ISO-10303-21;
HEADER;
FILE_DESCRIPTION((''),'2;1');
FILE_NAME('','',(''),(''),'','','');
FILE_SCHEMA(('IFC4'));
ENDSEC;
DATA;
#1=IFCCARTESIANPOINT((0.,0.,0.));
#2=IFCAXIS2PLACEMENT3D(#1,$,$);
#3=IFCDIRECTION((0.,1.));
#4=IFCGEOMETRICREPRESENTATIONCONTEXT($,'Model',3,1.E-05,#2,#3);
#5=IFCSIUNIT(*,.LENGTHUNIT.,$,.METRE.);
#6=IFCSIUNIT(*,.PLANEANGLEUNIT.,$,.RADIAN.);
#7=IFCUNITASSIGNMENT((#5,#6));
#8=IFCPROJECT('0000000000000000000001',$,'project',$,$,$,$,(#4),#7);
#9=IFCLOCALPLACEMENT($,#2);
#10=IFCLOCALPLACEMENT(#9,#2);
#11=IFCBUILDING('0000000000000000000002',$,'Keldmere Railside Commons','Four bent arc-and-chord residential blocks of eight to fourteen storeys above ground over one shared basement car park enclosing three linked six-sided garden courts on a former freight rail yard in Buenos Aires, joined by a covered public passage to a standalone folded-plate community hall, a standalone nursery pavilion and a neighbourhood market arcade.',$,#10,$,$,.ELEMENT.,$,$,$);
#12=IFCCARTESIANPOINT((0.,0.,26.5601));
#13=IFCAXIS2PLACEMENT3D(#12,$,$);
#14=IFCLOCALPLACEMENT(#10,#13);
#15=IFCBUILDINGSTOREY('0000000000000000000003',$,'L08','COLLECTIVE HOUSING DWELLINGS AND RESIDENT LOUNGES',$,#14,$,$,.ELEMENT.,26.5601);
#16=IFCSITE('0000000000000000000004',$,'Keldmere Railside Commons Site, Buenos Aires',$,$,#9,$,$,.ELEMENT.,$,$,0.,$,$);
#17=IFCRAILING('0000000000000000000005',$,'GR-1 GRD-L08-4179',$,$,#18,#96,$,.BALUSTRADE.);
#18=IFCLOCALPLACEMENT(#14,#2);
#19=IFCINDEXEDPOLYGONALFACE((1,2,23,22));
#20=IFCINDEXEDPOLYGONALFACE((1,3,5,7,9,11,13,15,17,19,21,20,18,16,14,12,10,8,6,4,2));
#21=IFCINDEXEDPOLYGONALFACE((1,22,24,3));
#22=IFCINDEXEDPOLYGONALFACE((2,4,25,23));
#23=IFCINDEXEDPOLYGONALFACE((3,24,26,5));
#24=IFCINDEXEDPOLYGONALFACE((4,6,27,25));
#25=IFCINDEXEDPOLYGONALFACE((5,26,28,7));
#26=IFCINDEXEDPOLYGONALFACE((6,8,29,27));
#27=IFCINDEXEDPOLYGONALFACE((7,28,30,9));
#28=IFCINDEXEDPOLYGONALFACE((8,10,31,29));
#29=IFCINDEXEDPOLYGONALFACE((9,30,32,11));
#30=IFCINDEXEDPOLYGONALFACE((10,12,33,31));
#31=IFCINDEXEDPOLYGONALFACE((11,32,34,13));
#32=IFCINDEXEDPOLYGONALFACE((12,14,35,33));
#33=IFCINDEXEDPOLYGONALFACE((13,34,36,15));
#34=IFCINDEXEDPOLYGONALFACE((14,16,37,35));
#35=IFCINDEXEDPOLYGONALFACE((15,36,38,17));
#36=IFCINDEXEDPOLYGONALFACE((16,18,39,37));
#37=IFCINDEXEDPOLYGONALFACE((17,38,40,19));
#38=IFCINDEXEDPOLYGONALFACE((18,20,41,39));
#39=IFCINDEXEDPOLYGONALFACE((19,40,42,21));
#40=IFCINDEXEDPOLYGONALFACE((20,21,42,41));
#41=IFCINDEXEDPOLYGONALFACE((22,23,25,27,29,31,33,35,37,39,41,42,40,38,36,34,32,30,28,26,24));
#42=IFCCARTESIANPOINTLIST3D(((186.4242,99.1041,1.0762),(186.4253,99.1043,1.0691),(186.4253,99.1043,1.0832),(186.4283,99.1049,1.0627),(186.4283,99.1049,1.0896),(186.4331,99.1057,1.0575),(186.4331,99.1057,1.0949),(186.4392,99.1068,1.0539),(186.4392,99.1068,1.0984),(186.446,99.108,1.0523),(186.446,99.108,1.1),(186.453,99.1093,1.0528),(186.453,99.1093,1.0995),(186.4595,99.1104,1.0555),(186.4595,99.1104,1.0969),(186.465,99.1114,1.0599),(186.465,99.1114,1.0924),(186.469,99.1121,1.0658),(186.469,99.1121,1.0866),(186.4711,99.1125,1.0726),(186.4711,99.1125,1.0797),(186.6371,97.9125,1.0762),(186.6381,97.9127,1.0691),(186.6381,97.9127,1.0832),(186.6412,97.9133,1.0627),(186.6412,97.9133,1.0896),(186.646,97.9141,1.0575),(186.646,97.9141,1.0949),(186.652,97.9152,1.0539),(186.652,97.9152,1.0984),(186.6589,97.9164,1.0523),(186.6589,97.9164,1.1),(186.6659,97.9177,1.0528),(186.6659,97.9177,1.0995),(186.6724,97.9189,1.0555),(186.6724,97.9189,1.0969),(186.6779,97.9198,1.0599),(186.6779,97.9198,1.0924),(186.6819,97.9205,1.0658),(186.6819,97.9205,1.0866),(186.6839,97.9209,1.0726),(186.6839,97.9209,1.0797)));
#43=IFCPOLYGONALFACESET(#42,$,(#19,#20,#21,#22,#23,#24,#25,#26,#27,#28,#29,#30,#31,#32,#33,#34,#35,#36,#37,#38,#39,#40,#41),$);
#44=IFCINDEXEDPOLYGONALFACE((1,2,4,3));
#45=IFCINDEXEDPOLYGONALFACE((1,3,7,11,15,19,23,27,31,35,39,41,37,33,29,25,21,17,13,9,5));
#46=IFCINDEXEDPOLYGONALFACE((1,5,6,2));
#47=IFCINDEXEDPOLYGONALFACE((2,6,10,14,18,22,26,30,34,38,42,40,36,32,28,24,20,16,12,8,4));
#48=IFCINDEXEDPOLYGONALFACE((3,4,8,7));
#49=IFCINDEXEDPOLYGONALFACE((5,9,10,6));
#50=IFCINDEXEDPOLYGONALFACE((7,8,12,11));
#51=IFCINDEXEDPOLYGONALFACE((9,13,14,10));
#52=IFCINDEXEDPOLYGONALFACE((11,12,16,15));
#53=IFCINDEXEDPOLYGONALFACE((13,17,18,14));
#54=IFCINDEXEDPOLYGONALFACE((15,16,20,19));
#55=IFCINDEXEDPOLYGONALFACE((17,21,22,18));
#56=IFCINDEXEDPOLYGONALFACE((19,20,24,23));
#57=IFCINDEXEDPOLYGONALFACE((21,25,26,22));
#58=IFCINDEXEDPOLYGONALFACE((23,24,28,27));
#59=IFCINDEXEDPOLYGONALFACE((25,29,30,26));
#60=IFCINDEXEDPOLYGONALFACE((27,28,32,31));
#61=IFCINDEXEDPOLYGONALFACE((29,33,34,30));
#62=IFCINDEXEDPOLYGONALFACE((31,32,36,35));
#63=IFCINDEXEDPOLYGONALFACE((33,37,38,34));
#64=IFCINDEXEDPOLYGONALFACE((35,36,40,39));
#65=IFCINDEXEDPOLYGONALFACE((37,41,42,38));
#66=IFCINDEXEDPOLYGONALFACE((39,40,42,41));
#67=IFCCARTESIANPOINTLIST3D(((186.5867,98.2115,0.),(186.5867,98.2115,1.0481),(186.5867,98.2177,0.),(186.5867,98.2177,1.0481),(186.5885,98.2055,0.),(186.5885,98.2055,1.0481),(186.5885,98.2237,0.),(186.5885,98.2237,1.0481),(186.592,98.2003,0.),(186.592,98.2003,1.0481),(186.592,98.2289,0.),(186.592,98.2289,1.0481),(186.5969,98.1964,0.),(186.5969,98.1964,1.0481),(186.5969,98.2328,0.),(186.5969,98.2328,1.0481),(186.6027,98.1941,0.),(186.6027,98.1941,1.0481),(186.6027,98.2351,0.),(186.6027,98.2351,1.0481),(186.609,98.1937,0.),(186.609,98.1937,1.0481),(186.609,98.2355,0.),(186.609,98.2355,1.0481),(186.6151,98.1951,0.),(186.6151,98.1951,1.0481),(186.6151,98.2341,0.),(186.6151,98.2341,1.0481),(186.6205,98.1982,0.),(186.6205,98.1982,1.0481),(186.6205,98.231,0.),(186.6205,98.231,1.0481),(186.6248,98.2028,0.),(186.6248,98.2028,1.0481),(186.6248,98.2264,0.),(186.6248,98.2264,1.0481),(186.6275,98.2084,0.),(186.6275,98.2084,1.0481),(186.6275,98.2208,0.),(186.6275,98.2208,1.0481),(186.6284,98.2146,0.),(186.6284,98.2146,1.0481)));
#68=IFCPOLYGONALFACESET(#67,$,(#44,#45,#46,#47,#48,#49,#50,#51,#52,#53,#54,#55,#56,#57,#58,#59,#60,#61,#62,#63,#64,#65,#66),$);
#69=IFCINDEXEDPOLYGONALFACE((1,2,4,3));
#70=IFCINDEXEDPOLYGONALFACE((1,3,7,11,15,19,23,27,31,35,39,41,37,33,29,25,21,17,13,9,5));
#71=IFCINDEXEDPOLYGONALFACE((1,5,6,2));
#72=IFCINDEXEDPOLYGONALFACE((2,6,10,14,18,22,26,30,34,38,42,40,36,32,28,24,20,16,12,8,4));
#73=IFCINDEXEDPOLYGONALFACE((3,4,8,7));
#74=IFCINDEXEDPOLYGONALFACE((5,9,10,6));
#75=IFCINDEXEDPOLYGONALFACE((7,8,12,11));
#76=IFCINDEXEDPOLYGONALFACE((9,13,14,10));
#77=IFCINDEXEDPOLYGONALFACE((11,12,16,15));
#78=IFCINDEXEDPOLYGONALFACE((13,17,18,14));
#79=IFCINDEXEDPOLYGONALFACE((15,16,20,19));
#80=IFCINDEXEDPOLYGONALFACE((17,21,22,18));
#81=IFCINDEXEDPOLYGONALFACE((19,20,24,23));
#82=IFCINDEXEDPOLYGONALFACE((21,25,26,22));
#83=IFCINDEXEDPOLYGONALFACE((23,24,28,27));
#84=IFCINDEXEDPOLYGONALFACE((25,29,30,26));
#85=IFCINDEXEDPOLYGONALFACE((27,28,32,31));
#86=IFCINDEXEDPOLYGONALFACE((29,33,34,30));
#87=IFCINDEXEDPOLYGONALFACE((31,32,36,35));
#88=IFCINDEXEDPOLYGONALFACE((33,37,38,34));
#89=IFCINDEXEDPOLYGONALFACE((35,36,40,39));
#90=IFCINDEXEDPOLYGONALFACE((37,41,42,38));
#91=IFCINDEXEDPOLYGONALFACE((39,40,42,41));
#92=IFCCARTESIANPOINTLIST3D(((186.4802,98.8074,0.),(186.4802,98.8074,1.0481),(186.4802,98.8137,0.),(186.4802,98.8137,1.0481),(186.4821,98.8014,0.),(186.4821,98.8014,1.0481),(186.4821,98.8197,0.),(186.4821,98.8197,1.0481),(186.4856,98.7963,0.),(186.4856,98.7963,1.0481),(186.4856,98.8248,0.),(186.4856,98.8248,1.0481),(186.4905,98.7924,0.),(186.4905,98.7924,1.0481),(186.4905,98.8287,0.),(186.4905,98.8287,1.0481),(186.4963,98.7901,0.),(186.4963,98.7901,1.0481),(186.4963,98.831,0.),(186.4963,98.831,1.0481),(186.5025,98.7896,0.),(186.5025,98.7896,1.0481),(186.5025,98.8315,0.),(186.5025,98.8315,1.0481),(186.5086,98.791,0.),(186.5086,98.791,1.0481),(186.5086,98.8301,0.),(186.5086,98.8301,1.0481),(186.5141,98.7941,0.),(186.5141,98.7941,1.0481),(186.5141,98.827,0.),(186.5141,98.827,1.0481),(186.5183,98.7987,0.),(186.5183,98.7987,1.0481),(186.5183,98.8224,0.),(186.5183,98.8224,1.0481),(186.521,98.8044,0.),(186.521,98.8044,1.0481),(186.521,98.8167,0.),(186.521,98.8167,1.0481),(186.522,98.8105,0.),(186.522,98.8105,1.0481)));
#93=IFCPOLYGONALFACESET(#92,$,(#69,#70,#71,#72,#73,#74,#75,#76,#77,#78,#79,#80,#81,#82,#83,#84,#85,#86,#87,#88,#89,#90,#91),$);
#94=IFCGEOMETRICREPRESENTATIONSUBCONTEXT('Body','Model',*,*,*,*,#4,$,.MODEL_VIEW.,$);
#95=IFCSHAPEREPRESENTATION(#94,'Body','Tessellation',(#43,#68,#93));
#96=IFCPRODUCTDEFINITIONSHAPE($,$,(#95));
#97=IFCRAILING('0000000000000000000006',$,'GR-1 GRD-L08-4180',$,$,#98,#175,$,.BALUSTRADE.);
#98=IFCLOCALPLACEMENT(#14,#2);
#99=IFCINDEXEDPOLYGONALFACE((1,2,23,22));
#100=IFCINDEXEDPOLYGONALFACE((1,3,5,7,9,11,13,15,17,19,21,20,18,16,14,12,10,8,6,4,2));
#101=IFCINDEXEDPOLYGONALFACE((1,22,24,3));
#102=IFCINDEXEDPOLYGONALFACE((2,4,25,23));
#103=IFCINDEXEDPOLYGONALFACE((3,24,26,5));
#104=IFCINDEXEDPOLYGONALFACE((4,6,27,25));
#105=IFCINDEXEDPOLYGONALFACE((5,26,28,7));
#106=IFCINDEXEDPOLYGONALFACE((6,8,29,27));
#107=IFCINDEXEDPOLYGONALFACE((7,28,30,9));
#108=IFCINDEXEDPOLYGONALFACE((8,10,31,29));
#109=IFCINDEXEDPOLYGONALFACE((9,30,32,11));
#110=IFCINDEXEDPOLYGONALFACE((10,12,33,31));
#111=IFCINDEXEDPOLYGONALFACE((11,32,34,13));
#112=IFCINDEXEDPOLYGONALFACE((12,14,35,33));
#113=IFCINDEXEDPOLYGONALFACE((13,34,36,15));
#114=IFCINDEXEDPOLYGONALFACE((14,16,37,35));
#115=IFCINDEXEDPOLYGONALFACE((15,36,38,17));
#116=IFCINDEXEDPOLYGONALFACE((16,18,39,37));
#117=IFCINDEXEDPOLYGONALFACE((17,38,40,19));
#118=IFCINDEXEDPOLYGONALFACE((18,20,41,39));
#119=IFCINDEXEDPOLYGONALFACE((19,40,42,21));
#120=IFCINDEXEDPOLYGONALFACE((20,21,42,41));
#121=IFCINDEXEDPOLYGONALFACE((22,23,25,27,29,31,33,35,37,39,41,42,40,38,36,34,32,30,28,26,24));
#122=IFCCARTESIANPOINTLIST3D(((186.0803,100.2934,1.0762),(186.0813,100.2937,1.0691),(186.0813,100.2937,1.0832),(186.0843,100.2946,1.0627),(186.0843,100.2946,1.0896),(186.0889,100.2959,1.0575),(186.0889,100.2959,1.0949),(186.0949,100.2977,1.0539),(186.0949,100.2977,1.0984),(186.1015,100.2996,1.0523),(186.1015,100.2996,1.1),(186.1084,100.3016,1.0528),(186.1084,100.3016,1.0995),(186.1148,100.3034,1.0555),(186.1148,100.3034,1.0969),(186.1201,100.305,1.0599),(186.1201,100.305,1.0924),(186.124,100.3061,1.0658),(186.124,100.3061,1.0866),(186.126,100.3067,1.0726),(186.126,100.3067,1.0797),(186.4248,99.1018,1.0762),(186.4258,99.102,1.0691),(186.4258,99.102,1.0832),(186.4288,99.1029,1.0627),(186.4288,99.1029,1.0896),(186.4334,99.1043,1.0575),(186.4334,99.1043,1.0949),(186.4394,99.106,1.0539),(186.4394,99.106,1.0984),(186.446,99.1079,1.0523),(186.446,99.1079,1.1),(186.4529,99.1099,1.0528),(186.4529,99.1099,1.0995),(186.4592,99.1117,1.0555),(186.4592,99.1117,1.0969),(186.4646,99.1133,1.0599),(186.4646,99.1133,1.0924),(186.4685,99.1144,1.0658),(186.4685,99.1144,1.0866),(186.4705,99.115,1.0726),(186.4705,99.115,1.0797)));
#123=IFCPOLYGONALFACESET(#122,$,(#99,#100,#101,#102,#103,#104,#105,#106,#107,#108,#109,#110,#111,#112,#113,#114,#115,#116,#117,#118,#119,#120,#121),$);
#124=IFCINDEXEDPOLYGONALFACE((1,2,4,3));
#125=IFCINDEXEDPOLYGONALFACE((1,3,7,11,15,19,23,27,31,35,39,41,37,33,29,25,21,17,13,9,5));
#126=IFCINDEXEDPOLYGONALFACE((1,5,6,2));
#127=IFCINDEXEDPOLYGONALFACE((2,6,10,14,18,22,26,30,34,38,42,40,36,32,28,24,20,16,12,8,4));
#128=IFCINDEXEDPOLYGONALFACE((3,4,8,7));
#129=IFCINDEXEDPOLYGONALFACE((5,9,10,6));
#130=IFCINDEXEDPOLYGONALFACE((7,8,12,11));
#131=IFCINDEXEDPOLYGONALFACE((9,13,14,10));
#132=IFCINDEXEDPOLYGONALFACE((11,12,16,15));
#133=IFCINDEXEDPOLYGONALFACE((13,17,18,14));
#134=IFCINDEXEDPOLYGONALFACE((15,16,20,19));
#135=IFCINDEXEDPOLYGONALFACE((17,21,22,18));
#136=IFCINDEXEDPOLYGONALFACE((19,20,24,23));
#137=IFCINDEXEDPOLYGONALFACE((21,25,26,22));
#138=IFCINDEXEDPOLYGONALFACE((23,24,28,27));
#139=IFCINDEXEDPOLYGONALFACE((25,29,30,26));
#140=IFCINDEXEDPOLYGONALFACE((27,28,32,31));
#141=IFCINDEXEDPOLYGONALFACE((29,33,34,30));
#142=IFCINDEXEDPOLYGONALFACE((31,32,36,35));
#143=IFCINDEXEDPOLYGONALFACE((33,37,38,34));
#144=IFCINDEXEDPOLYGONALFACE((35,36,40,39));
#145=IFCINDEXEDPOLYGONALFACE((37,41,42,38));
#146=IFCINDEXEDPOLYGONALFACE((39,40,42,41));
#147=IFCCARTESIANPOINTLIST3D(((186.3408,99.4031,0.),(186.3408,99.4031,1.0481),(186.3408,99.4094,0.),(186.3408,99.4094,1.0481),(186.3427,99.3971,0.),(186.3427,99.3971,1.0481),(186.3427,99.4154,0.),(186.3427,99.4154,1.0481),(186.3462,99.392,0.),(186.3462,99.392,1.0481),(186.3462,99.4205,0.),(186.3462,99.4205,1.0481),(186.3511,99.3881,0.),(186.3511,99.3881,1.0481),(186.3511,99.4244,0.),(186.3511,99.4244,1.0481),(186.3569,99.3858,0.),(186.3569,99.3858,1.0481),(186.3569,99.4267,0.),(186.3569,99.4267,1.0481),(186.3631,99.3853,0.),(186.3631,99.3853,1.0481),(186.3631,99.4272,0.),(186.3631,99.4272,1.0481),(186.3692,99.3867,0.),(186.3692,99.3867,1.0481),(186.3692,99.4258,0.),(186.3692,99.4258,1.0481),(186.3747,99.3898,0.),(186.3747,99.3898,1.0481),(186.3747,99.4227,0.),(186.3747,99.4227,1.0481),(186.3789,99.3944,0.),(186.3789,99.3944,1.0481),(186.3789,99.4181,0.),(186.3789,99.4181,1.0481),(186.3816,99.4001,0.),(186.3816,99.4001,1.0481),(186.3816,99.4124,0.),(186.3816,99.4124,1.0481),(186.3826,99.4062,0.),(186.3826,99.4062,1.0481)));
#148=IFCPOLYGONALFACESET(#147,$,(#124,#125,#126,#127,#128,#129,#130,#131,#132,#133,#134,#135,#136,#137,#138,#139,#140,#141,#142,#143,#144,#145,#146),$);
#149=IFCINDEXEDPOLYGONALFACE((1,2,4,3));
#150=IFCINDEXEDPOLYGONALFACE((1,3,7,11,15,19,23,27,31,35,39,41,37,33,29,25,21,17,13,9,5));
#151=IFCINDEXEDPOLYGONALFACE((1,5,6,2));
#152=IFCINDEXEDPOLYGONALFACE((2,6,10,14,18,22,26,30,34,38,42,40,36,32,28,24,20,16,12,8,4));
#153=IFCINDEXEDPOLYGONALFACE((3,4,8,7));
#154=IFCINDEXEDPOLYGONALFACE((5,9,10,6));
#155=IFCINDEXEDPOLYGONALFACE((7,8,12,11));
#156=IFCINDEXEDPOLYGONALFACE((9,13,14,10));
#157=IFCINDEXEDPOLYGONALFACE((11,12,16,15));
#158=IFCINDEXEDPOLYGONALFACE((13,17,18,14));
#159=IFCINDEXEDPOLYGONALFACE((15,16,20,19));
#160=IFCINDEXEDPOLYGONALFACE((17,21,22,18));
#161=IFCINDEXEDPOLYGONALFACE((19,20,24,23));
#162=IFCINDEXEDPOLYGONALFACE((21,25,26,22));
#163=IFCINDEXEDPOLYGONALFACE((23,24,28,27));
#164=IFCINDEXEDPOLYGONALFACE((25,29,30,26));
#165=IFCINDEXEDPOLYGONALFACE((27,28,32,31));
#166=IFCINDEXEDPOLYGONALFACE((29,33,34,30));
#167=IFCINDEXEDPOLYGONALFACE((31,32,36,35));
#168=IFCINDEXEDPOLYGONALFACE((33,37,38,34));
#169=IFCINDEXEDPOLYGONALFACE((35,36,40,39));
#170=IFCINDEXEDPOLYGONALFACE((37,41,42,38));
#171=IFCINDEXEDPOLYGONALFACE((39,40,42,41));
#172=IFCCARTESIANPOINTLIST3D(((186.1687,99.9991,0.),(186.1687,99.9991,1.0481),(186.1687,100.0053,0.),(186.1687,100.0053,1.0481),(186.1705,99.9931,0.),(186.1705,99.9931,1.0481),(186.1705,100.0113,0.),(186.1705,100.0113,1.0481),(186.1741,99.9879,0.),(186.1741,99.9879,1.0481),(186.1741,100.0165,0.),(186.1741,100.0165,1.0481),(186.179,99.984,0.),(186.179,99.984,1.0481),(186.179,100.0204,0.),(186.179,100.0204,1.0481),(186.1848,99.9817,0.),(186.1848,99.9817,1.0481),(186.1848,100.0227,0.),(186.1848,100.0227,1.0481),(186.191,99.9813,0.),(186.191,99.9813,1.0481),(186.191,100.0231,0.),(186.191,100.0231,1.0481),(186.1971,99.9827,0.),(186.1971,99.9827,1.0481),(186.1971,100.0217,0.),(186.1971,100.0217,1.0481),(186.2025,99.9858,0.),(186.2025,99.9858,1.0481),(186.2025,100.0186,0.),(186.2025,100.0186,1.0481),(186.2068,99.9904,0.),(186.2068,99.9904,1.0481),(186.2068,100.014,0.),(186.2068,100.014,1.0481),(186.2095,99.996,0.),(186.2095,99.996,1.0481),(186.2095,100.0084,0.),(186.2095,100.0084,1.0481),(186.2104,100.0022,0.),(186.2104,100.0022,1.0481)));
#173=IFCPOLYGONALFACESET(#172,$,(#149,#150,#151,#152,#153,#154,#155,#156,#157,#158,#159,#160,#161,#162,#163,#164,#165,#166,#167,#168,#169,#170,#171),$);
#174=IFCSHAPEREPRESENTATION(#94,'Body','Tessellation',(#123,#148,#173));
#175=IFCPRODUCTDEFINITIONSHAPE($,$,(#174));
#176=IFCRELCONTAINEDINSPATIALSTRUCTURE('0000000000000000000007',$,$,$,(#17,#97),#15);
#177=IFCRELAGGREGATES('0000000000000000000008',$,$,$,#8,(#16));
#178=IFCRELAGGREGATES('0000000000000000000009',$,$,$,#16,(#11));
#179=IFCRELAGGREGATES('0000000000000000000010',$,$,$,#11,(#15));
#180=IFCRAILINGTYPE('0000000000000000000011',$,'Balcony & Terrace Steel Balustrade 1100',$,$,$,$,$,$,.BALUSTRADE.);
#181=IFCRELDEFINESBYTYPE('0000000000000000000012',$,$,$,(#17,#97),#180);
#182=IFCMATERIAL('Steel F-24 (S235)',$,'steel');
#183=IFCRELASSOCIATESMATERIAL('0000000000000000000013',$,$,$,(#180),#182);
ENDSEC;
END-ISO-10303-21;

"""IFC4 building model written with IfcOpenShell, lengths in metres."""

from ifc_helpers import new_model, si_unit, direction, frame, origin, origin_2d, place, context, subcontext, project, spatial, circle, extrude, material, type_object, element, save


model = new_model("IFC4")

# Units and contexts
model_context = context("Model", 3, precision=1e-05, world=origin(), true_north=direction((0.0, 1.0)))
body_context = subcontext(model_context, "Body", "Model", "MODEL_VIEW")
ifc_project = project(units=[si_unit("LENGTHUNIT", "METRE"), si_unit("PLANEANGLEUNIT", "RADIAN")], contexts=[model_context])

# Site, building, storey
site_placement = place(None, origin())
site = spatial("IfcSite", under=ifc_project, at=site_placement, Name="Keldmere Railside Commons Site, Buenos Aires", CompositionType="ELEMENT", RefElevation=0.0)
building_placement = place(site_placement, origin())
building = spatial("IfcBuilding", under=site, at=building_placement, Name="Keldmere Railside Commons", Description="Four bent arc-and-chord residential blocks of eight to fourteen storeys above ground over one shared basement car park enclosing three linked six-sided garden courts on a former freight rail yard in Buenos Aires, joined by a covered public passage to a standalone folded-plate community hall, a standalone nursery pavilion and a neighbourhood market arcade.", CompositionType="ELEMENT")
storey_placement = place(building_placement, frame((0.0, 0.0, 26.5601)))
storey = spatial("IfcBuildingStorey", under=building, at=storey_placement, Name="L08", Description="COLLECTIVE HOUSING DWELLINGS AND RESIDENT LOUNGES", CompositionType="ELEMENT", Elevation=26.5601)

# Railings
ifc_material_1 = material(Name="Steel F-24 (S235)", Category="steel")
railing_type = type_object("IfcRailingType", Name="Balcony & Terrace Steel Balustrade 1100", PredefinedType="BALUSTRADE", material=ifc_material_1)
railing_1_placement = place(storey_placement, frame((186.6606, 97.9167, 0.0)))
element("IfcRailing", 1, at=railing_1_placement, inside=storey, type_object=railing_type, Name="GR-1 GRD-L08-4179", PredefinedType="BALUSTRADE", context=body_context, shape_type="SweptSolid", body=[
    extrude(circle(Radius=0.0239, at=origin_2d()), frame((0.0, 0.0, 1.0762), z_axis=(-0.175867, 0.984414, 0.0), x_axis=(-0.984414, -0.175867, 0.0)), (0.0, 0.0, 1.0), 1.2104),
    extrude(circle(Radius=0.021, at=origin_2d()), frame((-0.0532, 0.2979, 0.0)), (0.0, 0.0, 1.0), 1.0481),
    extrude(circle(Radius=0.021, at=origin_2d()), frame((-0.1597, 0.8938, 0.0)), (0.0, 0.0, 1.0), 1.0481),
])
railing_2_placement = place(storey_placement, frame((186.4478, 99.1084, 0.0)))
element("IfcRailing", 2, at=railing_2_placement, inside=storey, type_object=railing_type, Name="GR-1 GRD-L08-4180", PredefinedType="BALUSTRADE", context=body_context, shape_type="SweptSolid", body=[
    extrude(circle(Radius=0.0239, at=origin_2d()), frame((0.0, 0.0, 1.0762), z_axis=(-0.277709, 0.960665, 0.0), x_axis=(-0.960665, -0.277709, 0.0)), (0.0, 0.0, 1.0), 1.2405),
    extrude(circle(Radius=0.021, at=origin_2d()), frame((-0.0862, 0.2979, 0.0)), (0.0, 0.0, 1.0), 1.0481),
    extrude(circle(Radius=0.021, at=origin_2d()), frame((-0.2583, 0.8938, 0.0)), (0.0, 0.0, 1.0), 1.0481),
])

save(model, "model.ifc")
